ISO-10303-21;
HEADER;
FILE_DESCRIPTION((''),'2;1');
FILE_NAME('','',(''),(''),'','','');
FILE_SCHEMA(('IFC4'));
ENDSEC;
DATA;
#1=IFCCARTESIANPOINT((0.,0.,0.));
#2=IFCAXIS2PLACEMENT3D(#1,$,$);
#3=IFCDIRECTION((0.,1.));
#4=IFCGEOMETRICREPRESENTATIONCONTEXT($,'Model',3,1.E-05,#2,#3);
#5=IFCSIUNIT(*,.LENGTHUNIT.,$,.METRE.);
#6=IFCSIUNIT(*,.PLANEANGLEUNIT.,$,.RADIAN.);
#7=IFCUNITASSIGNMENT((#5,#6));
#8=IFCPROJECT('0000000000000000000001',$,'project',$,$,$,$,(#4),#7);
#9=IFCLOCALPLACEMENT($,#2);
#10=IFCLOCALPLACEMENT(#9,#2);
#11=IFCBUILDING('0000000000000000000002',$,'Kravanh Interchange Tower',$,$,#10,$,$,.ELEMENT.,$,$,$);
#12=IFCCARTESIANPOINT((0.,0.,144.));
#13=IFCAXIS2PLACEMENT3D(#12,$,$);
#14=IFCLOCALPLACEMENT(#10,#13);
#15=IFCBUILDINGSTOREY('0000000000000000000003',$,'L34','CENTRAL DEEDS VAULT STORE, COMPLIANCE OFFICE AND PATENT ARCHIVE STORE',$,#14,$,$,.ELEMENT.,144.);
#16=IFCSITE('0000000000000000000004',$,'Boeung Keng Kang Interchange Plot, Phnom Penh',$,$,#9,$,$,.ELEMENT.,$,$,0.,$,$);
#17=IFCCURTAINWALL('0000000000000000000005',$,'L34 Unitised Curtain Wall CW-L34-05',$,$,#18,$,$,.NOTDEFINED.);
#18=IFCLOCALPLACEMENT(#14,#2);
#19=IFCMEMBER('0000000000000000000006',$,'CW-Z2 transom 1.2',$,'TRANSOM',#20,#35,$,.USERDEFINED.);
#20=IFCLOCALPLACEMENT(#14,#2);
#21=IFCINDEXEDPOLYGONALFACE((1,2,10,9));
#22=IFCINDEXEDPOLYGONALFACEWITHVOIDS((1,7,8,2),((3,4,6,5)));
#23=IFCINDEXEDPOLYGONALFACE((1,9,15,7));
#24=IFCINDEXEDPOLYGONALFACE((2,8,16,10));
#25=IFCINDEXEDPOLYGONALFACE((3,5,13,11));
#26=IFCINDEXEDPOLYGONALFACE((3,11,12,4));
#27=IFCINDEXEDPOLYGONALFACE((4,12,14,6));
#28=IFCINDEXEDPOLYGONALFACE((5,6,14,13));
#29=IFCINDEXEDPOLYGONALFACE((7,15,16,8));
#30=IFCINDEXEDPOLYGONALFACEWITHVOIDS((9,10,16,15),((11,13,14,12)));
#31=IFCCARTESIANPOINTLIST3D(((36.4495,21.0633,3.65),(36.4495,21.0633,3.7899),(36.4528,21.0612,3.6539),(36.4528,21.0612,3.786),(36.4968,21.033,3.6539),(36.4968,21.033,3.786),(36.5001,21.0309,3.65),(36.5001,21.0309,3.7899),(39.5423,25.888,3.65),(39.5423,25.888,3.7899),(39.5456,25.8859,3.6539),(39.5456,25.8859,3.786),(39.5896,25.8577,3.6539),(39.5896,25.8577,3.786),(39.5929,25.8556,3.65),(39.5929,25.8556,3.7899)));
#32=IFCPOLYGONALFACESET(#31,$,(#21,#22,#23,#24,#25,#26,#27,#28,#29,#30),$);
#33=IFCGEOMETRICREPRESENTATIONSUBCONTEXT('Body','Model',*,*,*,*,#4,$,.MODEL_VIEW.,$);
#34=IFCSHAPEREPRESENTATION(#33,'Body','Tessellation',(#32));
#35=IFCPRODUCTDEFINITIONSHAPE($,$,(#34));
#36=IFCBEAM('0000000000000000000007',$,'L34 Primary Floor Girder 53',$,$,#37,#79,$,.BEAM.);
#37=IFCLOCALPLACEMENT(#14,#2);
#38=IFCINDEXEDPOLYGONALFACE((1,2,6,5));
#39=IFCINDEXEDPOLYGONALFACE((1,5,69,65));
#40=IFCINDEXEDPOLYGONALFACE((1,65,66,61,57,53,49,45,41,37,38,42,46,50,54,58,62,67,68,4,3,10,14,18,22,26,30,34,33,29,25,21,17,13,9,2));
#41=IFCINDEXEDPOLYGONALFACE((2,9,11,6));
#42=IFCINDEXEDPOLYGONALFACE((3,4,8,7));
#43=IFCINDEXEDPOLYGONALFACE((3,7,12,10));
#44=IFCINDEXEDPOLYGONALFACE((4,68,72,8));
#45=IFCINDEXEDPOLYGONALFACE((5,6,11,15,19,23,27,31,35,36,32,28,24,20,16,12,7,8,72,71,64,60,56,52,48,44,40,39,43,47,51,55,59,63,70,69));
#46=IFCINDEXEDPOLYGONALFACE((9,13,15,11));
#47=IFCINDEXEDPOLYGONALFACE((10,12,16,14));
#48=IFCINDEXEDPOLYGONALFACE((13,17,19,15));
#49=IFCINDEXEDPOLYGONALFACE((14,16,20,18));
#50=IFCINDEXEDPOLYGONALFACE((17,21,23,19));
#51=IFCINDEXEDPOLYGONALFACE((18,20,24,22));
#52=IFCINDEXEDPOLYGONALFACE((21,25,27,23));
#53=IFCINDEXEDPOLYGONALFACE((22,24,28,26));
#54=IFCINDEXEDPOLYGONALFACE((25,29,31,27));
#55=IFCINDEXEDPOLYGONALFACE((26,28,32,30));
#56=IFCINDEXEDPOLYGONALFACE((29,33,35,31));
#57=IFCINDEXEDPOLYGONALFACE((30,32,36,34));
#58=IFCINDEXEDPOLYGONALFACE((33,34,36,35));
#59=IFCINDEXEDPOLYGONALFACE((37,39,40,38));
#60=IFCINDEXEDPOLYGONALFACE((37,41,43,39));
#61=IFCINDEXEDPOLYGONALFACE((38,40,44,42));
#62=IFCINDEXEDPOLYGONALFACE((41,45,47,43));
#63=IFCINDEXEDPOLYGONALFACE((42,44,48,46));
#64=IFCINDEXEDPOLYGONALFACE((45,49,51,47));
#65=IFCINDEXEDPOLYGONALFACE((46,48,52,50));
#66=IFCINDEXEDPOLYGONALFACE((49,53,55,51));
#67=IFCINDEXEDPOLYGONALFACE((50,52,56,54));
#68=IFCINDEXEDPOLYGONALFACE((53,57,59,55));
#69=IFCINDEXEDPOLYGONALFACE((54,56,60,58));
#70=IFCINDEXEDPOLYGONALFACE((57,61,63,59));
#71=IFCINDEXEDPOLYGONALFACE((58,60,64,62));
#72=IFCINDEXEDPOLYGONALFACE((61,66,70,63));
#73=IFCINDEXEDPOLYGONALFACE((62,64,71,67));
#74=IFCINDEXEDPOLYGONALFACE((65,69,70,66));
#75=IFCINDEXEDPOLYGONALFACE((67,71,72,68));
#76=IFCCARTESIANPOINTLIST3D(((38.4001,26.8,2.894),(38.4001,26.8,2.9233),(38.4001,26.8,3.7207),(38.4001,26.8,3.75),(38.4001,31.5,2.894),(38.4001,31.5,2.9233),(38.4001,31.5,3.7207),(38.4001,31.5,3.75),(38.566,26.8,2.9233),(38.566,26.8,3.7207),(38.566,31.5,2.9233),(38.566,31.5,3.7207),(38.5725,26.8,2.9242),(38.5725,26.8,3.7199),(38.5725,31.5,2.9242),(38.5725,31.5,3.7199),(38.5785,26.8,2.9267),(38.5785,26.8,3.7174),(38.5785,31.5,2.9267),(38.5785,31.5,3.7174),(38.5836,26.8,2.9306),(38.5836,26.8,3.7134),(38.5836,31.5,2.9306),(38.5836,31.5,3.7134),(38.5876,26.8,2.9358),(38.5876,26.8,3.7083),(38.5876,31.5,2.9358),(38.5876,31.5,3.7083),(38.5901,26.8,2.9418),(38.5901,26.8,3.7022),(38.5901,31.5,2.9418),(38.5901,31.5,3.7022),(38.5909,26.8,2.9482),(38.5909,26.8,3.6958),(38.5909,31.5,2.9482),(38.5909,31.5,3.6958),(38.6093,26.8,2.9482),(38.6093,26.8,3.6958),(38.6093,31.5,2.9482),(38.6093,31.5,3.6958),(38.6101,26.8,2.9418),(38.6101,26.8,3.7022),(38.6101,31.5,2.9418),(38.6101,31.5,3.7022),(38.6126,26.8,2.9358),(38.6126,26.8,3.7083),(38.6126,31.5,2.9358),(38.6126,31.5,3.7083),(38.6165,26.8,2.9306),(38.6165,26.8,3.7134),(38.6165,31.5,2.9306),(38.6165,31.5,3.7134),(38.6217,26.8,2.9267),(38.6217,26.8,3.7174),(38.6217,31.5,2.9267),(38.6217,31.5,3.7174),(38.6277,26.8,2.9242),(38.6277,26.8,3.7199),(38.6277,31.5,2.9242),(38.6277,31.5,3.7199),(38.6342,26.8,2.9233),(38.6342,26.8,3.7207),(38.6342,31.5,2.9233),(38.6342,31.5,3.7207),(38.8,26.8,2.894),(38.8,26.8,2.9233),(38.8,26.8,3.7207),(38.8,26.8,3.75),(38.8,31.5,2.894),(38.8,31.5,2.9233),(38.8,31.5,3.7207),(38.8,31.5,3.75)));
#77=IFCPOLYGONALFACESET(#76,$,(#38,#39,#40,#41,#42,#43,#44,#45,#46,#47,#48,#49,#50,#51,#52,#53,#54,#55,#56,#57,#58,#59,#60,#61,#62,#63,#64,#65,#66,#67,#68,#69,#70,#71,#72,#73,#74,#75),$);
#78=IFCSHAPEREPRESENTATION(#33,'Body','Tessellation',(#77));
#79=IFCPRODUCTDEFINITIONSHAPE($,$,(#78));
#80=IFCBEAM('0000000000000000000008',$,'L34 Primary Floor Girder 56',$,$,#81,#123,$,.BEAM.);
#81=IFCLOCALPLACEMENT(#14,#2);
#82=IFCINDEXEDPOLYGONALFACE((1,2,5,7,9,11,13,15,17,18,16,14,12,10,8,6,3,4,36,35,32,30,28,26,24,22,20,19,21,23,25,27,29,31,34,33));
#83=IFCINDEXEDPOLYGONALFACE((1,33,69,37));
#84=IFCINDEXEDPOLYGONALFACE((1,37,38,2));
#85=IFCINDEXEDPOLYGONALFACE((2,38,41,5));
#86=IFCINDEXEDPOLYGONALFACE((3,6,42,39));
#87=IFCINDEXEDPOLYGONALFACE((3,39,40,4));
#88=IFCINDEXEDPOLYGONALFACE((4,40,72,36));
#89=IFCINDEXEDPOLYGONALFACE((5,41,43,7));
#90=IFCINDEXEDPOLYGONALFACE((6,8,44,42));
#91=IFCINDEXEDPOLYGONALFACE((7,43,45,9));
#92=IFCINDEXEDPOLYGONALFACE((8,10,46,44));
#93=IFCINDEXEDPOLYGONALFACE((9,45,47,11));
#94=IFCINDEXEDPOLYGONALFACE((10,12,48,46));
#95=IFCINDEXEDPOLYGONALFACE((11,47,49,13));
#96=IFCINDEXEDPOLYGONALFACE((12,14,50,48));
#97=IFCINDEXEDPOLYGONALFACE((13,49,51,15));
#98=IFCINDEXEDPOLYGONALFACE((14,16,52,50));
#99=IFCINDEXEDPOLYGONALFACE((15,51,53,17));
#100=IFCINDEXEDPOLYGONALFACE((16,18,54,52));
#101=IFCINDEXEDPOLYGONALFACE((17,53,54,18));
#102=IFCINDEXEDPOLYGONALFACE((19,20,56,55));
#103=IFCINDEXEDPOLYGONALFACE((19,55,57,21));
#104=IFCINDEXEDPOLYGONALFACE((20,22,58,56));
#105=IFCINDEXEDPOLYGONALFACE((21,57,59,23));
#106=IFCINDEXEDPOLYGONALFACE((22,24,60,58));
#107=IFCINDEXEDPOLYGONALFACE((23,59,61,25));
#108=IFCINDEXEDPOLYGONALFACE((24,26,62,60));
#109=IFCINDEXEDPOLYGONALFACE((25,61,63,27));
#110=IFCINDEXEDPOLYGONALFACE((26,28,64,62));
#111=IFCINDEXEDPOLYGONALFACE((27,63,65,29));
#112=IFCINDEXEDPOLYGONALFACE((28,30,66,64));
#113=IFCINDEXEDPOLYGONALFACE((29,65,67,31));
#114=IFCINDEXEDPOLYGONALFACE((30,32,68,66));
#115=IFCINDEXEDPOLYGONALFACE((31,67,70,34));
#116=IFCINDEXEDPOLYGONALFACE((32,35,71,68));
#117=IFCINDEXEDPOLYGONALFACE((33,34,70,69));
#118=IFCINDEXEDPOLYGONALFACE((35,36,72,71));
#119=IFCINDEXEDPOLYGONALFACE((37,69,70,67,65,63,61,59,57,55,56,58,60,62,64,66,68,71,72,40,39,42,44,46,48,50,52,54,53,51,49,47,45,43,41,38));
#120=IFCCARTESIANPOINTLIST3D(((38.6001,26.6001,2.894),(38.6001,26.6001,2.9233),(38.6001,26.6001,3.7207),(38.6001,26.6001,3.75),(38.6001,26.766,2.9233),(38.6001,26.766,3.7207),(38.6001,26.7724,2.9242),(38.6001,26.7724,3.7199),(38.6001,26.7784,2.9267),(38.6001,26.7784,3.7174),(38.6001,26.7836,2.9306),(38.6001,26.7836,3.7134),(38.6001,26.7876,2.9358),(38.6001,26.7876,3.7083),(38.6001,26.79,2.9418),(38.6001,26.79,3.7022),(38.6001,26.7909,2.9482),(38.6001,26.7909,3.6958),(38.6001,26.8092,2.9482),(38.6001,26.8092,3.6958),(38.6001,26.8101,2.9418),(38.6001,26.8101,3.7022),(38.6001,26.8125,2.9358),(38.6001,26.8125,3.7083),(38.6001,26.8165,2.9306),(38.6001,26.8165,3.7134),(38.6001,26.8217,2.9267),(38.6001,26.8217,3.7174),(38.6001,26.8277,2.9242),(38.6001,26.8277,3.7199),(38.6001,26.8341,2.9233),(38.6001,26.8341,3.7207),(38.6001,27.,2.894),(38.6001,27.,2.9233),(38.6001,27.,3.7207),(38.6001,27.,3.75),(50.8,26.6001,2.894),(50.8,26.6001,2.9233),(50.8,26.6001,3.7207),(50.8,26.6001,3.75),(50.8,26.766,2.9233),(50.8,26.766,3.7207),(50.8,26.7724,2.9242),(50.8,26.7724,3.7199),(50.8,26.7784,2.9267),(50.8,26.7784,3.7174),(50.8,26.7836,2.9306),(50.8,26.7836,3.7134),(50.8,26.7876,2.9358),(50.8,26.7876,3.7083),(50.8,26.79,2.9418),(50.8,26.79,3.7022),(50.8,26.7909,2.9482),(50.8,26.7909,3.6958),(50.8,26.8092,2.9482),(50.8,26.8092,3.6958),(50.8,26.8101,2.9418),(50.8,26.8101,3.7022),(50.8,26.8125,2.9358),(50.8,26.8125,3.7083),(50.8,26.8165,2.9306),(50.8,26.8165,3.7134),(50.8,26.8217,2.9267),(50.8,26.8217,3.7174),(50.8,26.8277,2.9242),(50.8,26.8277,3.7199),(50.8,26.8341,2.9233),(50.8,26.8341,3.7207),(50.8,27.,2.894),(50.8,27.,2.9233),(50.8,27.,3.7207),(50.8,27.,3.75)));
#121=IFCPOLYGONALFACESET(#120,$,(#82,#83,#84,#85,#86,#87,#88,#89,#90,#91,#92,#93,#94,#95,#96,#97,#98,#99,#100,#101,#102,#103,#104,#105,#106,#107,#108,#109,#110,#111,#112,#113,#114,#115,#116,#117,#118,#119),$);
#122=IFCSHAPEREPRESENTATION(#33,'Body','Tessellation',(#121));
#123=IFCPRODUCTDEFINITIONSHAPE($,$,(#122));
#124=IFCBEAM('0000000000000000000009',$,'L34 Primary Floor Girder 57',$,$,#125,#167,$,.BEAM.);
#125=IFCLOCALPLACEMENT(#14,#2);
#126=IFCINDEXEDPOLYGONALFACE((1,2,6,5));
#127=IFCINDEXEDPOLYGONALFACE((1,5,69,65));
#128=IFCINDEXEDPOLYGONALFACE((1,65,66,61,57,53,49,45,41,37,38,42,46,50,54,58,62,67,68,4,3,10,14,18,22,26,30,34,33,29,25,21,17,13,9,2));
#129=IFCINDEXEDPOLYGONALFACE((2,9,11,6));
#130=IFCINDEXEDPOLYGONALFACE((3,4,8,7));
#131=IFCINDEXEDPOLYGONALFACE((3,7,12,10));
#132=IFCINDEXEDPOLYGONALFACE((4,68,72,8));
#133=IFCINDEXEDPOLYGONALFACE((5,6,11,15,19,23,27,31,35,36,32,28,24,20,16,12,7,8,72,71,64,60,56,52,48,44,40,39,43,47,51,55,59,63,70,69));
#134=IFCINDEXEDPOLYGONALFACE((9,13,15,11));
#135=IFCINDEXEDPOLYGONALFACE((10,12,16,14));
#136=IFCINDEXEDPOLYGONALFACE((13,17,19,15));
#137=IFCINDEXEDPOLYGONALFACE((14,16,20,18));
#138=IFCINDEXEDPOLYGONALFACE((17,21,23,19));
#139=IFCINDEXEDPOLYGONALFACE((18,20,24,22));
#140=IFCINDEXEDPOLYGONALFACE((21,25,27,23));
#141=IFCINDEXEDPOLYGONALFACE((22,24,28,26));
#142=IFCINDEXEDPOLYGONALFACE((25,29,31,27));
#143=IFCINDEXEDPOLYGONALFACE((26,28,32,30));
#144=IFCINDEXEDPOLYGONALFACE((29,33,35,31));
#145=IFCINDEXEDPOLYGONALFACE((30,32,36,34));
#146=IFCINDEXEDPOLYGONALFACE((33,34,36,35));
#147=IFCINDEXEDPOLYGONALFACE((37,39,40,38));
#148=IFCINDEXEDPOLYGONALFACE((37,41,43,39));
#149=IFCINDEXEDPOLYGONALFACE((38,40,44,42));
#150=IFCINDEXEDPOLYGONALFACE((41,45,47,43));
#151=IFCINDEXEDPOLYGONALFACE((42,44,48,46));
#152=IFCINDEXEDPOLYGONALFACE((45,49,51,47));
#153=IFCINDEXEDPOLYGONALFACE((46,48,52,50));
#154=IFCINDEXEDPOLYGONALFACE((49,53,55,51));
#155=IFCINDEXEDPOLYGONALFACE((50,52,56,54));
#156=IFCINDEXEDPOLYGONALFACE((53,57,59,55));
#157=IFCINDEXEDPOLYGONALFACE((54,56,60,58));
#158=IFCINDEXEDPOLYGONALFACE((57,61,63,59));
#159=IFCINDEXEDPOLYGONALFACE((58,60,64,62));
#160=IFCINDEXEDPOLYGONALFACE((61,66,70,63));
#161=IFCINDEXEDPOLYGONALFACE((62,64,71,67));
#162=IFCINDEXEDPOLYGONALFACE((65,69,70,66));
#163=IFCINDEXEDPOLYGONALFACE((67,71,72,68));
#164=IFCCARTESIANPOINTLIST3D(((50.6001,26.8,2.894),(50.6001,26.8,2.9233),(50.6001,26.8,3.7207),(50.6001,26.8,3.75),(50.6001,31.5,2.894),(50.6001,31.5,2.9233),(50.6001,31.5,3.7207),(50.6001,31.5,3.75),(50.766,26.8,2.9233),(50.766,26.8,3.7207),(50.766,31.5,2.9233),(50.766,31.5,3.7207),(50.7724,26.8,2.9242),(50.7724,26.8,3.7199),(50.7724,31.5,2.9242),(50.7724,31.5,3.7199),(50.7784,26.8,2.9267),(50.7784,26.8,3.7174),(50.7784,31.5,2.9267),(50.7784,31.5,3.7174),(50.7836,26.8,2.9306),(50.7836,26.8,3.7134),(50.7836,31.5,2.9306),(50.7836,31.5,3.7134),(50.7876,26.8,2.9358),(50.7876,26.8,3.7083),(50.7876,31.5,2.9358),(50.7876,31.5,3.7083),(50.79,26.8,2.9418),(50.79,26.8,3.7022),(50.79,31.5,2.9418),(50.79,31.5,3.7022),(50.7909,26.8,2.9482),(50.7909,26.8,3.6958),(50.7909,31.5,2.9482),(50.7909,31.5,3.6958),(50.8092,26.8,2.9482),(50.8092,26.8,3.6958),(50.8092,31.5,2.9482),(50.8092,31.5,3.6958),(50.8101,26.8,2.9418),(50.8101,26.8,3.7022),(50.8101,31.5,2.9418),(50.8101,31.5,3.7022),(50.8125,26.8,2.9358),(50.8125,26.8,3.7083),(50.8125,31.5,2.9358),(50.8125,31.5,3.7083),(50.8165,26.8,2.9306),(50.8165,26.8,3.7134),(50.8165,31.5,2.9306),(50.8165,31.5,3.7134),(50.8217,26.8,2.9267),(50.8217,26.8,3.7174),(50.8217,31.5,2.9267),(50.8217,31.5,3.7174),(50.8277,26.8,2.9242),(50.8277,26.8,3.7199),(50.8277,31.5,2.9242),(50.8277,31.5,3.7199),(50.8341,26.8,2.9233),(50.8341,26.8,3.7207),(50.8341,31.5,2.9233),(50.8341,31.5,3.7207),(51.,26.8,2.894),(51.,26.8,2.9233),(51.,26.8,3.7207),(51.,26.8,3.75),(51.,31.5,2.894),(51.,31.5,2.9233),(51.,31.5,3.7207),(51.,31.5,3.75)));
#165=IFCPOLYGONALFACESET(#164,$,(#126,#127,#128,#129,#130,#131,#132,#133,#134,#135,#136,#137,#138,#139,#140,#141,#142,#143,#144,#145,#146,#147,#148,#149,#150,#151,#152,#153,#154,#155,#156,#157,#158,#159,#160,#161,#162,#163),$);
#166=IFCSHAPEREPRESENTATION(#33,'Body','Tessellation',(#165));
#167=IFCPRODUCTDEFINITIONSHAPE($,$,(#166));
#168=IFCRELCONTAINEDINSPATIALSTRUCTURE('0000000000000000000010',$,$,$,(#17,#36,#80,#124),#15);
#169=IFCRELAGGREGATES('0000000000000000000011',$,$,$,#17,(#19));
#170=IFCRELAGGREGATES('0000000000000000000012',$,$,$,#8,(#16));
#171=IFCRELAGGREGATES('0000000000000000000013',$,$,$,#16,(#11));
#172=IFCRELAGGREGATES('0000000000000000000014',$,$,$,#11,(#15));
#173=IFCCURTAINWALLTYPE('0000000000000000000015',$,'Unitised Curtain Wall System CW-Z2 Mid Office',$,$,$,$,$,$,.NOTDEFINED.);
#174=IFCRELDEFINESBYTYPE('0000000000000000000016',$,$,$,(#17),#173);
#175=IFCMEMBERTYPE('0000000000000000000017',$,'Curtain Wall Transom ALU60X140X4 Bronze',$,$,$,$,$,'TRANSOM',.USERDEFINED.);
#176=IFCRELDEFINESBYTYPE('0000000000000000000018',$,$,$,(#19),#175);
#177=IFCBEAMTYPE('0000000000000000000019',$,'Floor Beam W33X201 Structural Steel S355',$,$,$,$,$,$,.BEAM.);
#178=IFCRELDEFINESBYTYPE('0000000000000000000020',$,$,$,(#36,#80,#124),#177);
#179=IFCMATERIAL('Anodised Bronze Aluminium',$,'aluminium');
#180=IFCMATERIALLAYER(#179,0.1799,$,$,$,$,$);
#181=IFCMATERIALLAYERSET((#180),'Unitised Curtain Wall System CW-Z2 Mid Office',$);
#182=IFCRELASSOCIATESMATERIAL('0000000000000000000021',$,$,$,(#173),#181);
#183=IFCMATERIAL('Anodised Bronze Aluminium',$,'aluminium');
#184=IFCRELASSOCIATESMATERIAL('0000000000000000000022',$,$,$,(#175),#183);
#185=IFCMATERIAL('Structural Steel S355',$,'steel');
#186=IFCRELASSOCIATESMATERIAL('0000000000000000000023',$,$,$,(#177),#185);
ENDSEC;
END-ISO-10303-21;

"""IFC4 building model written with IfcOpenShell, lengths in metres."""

from ifc_helpers import new_model, si_unit, direction, frame, origin, origin_2d, place, context, subcontext, project, spatial, hollow_rectangle, i_section, extrude, material, layer, layer_set, material_profile, profile_set, type_object, element, aggregate, save


model = new_model("IFC4")

# Units and contexts
model_context = context("Model", 3, precision=1e-05, world=origin(), true_north=direction((0.0, 1.0)))
body_context = subcontext(model_context, "Body", "Model", "MODEL_VIEW")
ifc_project = project(units=[si_unit("LENGTHUNIT", "METRE"), si_unit("PLANEANGLEUNIT", "RADIAN")], contexts=[model_context])

# Site, building, storey
site_placement = place(None, origin())
site = spatial("IfcSite", under=ifc_project, at=site_placement, Name="Boeung Keng Kang Interchange Plot, Phnom Penh", CompositionType="ELEMENT", RefElevation=0.0)
building_placement = place(site_placement, origin())
building = spatial("IfcBuilding", under=site, at=building_placement, Name="Kravanh Interchange Tower", CompositionType="ELEMENT")
storey_placement = place(building_placement, frame((0.0, 0.0, 144.0)))
storey = spatial("IfcBuildingStorey", under=building, at=storey_placement, Name="L34", Description="CENTRAL DEEDS VAULT STORE, COMPLIANCE OFFICE AND PATENT ARCHIVE STORE", CompositionType="ELEMENT", Elevation=144.0)

# Shared definitions
ifc_material_1 = material(Name="Anodised Bronze Aluminium", Category="aluminium")
ifc_layer_1 = layer(ifc_material_1, 0.1799)
ifc_layer_set_1 = layer_set([ifc_layer_1], Name="Unitised Curtain Wall System CW-Z2 Mid Office")
curtain_wall_type = type_object("IfcCurtainWallType", Name="Unitised Curtain Wall System CW-Z2 Mid Office", PredefinedType="NOTDEFINED", material=ifc_layer_set_1)

# Curtain wall
curtain_wall_1_placement = place(storey_placement, origin())
curtain_wall_1 = element("IfcCurtainWall", 1, at=curtain_wall_1_placement, inside=storey, type_object=curtain_wall_type, Name="L34 Unitised Curtain Wall CW-L34-05", PredefinedType="NOTDEFINED")

# Member
ifc_material_2 = material(Name="Anodised Bronze Aluminium", Category="aluminium")
ifc_material_profile_1 = material_profile(ifc_material_2, hollow_rectangle(XDim=0.0601, YDim=0.1399, WallThickness=0.0039, at=origin_2d()), Name="ALU60X140X4")
ifc_profile_set_1 = profile_set([ifc_material_profile_1], Name="Anodised Bronze Aluminium")
member_type_1 = type_object("IfcMemberType", Name="Curtain Wall Transom ALU60X140X4 Bronze", ElementType="TRANSOM", PredefinedType="USERDEFINED", material=ifc_profile_set_1)
member_1_placement = place(storey_placement, frame((39.5676, 25.8718, 3.72), z_axis=(-0.539668, -0.841878, 0.0), x_axis=(0.841878, -0.539668, 0.0)))
member_1 = element("IfcMember", 2, at=member_1_placement, type_object=member_type_1, Name="CW-Z2 transom 1.2", ObjectType="TRANSOM", PredefinedType="USERDEFINED", context=body_context, shape_type="SweptSolid", body=[
    extrude(hollow_rectangle(XDim=0.0601, YDim=0.1399, WallThickness=0.0039, at=origin_2d()), origin(), (0.0, 0.0, 1.0), 5.731),
])
aggregate(curtain_wall_1, [member_1])

# Beams
ifc_material_3 = material(Name="Structural Steel S355", Category="steel")
ifc_material_profile_2 = material_profile(ifc_material_3, i_section(OverallWidth=0.3999, OverallDepth=0.856, WebThickness=0.0183, FlangeThickness=0.0293, FilletRadius=0.0249, at=origin_2d()), Name="W33X201")
ifc_profile_set_2 = profile_set([ifc_material_profile_2], Name="Structural Steel S355")
beam_type_1 = type_object("IfcBeamType", Name="Floor Beam W33X201 Structural Steel S355", PredefinedType="BEAM", material=ifc_profile_set_2)
beam_1_placement = place(storey_placement, frame((38.6001, 26.8, 3.322), z_axis=(0.0, 1.0, 0.0), x_axis=(-1.0, 0.0, 0.0)))
element("IfcBeam", 3, at=beam_1_placement, inside=storey, type_object=beam_type_1, Name="L34 Primary Floor Girder 53", PredefinedType="BEAM", context=body_context, shape_type="SweptSolid", body=[
    extrude(i_section(OverallWidth=0.3999, OverallDepth=0.856, WebThickness=0.0183, FlangeThickness=0.0293, FilletRadius=0.0249, at=origin_2d()), origin(), (0.0, 0.0, 1.0), 4.7),
])
beam_2_placement = place(storey_placement, frame((38.6001, 26.8, 3.322), z_axis=(1.0, 0.0, 0.0), x_axis=(0.0, 1.0, 0.0)))
element("IfcBeam", 4, at=beam_2_placement, inside=storey, type_object=beam_type_1, Name="L34 Primary Floor Girder 56", PredefinedType="BEAM", context=body_context, shape_type="SweptSolid", body=[
    extrude(i_section(OverallWidth=0.3999, OverallDepth=0.856, WebThickness=0.0183, FlangeThickness=0.0293, FilletRadius=0.0249, at=origin_2d()), origin(), (0.0, 0.0, 1.0), 12.2),
])
beam_3_placement = place(storey_placement, frame((50.8, 26.8, 3.322), z_axis=(0.0, 1.0, 0.0), x_axis=(-1.0, 0.0, 0.0)))
element("IfcBeam", 5, at=beam_3_placement, inside=storey, type_object=beam_type_1, Name="L34 Primary Floor Girder 57", PredefinedType="BEAM", context=body_context, shape_type="SweptSolid", body=[
    extrude(i_section(OverallWidth=0.3999, OverallDepth=0.856, WebThickness=0.0183, FlangeThickness=0.0293, FilletRadius=0.0249, at=origin_2d()), origin(), (0.0, 0.0, 1.0), 4.7),
])

save(model, "model.ifc")
